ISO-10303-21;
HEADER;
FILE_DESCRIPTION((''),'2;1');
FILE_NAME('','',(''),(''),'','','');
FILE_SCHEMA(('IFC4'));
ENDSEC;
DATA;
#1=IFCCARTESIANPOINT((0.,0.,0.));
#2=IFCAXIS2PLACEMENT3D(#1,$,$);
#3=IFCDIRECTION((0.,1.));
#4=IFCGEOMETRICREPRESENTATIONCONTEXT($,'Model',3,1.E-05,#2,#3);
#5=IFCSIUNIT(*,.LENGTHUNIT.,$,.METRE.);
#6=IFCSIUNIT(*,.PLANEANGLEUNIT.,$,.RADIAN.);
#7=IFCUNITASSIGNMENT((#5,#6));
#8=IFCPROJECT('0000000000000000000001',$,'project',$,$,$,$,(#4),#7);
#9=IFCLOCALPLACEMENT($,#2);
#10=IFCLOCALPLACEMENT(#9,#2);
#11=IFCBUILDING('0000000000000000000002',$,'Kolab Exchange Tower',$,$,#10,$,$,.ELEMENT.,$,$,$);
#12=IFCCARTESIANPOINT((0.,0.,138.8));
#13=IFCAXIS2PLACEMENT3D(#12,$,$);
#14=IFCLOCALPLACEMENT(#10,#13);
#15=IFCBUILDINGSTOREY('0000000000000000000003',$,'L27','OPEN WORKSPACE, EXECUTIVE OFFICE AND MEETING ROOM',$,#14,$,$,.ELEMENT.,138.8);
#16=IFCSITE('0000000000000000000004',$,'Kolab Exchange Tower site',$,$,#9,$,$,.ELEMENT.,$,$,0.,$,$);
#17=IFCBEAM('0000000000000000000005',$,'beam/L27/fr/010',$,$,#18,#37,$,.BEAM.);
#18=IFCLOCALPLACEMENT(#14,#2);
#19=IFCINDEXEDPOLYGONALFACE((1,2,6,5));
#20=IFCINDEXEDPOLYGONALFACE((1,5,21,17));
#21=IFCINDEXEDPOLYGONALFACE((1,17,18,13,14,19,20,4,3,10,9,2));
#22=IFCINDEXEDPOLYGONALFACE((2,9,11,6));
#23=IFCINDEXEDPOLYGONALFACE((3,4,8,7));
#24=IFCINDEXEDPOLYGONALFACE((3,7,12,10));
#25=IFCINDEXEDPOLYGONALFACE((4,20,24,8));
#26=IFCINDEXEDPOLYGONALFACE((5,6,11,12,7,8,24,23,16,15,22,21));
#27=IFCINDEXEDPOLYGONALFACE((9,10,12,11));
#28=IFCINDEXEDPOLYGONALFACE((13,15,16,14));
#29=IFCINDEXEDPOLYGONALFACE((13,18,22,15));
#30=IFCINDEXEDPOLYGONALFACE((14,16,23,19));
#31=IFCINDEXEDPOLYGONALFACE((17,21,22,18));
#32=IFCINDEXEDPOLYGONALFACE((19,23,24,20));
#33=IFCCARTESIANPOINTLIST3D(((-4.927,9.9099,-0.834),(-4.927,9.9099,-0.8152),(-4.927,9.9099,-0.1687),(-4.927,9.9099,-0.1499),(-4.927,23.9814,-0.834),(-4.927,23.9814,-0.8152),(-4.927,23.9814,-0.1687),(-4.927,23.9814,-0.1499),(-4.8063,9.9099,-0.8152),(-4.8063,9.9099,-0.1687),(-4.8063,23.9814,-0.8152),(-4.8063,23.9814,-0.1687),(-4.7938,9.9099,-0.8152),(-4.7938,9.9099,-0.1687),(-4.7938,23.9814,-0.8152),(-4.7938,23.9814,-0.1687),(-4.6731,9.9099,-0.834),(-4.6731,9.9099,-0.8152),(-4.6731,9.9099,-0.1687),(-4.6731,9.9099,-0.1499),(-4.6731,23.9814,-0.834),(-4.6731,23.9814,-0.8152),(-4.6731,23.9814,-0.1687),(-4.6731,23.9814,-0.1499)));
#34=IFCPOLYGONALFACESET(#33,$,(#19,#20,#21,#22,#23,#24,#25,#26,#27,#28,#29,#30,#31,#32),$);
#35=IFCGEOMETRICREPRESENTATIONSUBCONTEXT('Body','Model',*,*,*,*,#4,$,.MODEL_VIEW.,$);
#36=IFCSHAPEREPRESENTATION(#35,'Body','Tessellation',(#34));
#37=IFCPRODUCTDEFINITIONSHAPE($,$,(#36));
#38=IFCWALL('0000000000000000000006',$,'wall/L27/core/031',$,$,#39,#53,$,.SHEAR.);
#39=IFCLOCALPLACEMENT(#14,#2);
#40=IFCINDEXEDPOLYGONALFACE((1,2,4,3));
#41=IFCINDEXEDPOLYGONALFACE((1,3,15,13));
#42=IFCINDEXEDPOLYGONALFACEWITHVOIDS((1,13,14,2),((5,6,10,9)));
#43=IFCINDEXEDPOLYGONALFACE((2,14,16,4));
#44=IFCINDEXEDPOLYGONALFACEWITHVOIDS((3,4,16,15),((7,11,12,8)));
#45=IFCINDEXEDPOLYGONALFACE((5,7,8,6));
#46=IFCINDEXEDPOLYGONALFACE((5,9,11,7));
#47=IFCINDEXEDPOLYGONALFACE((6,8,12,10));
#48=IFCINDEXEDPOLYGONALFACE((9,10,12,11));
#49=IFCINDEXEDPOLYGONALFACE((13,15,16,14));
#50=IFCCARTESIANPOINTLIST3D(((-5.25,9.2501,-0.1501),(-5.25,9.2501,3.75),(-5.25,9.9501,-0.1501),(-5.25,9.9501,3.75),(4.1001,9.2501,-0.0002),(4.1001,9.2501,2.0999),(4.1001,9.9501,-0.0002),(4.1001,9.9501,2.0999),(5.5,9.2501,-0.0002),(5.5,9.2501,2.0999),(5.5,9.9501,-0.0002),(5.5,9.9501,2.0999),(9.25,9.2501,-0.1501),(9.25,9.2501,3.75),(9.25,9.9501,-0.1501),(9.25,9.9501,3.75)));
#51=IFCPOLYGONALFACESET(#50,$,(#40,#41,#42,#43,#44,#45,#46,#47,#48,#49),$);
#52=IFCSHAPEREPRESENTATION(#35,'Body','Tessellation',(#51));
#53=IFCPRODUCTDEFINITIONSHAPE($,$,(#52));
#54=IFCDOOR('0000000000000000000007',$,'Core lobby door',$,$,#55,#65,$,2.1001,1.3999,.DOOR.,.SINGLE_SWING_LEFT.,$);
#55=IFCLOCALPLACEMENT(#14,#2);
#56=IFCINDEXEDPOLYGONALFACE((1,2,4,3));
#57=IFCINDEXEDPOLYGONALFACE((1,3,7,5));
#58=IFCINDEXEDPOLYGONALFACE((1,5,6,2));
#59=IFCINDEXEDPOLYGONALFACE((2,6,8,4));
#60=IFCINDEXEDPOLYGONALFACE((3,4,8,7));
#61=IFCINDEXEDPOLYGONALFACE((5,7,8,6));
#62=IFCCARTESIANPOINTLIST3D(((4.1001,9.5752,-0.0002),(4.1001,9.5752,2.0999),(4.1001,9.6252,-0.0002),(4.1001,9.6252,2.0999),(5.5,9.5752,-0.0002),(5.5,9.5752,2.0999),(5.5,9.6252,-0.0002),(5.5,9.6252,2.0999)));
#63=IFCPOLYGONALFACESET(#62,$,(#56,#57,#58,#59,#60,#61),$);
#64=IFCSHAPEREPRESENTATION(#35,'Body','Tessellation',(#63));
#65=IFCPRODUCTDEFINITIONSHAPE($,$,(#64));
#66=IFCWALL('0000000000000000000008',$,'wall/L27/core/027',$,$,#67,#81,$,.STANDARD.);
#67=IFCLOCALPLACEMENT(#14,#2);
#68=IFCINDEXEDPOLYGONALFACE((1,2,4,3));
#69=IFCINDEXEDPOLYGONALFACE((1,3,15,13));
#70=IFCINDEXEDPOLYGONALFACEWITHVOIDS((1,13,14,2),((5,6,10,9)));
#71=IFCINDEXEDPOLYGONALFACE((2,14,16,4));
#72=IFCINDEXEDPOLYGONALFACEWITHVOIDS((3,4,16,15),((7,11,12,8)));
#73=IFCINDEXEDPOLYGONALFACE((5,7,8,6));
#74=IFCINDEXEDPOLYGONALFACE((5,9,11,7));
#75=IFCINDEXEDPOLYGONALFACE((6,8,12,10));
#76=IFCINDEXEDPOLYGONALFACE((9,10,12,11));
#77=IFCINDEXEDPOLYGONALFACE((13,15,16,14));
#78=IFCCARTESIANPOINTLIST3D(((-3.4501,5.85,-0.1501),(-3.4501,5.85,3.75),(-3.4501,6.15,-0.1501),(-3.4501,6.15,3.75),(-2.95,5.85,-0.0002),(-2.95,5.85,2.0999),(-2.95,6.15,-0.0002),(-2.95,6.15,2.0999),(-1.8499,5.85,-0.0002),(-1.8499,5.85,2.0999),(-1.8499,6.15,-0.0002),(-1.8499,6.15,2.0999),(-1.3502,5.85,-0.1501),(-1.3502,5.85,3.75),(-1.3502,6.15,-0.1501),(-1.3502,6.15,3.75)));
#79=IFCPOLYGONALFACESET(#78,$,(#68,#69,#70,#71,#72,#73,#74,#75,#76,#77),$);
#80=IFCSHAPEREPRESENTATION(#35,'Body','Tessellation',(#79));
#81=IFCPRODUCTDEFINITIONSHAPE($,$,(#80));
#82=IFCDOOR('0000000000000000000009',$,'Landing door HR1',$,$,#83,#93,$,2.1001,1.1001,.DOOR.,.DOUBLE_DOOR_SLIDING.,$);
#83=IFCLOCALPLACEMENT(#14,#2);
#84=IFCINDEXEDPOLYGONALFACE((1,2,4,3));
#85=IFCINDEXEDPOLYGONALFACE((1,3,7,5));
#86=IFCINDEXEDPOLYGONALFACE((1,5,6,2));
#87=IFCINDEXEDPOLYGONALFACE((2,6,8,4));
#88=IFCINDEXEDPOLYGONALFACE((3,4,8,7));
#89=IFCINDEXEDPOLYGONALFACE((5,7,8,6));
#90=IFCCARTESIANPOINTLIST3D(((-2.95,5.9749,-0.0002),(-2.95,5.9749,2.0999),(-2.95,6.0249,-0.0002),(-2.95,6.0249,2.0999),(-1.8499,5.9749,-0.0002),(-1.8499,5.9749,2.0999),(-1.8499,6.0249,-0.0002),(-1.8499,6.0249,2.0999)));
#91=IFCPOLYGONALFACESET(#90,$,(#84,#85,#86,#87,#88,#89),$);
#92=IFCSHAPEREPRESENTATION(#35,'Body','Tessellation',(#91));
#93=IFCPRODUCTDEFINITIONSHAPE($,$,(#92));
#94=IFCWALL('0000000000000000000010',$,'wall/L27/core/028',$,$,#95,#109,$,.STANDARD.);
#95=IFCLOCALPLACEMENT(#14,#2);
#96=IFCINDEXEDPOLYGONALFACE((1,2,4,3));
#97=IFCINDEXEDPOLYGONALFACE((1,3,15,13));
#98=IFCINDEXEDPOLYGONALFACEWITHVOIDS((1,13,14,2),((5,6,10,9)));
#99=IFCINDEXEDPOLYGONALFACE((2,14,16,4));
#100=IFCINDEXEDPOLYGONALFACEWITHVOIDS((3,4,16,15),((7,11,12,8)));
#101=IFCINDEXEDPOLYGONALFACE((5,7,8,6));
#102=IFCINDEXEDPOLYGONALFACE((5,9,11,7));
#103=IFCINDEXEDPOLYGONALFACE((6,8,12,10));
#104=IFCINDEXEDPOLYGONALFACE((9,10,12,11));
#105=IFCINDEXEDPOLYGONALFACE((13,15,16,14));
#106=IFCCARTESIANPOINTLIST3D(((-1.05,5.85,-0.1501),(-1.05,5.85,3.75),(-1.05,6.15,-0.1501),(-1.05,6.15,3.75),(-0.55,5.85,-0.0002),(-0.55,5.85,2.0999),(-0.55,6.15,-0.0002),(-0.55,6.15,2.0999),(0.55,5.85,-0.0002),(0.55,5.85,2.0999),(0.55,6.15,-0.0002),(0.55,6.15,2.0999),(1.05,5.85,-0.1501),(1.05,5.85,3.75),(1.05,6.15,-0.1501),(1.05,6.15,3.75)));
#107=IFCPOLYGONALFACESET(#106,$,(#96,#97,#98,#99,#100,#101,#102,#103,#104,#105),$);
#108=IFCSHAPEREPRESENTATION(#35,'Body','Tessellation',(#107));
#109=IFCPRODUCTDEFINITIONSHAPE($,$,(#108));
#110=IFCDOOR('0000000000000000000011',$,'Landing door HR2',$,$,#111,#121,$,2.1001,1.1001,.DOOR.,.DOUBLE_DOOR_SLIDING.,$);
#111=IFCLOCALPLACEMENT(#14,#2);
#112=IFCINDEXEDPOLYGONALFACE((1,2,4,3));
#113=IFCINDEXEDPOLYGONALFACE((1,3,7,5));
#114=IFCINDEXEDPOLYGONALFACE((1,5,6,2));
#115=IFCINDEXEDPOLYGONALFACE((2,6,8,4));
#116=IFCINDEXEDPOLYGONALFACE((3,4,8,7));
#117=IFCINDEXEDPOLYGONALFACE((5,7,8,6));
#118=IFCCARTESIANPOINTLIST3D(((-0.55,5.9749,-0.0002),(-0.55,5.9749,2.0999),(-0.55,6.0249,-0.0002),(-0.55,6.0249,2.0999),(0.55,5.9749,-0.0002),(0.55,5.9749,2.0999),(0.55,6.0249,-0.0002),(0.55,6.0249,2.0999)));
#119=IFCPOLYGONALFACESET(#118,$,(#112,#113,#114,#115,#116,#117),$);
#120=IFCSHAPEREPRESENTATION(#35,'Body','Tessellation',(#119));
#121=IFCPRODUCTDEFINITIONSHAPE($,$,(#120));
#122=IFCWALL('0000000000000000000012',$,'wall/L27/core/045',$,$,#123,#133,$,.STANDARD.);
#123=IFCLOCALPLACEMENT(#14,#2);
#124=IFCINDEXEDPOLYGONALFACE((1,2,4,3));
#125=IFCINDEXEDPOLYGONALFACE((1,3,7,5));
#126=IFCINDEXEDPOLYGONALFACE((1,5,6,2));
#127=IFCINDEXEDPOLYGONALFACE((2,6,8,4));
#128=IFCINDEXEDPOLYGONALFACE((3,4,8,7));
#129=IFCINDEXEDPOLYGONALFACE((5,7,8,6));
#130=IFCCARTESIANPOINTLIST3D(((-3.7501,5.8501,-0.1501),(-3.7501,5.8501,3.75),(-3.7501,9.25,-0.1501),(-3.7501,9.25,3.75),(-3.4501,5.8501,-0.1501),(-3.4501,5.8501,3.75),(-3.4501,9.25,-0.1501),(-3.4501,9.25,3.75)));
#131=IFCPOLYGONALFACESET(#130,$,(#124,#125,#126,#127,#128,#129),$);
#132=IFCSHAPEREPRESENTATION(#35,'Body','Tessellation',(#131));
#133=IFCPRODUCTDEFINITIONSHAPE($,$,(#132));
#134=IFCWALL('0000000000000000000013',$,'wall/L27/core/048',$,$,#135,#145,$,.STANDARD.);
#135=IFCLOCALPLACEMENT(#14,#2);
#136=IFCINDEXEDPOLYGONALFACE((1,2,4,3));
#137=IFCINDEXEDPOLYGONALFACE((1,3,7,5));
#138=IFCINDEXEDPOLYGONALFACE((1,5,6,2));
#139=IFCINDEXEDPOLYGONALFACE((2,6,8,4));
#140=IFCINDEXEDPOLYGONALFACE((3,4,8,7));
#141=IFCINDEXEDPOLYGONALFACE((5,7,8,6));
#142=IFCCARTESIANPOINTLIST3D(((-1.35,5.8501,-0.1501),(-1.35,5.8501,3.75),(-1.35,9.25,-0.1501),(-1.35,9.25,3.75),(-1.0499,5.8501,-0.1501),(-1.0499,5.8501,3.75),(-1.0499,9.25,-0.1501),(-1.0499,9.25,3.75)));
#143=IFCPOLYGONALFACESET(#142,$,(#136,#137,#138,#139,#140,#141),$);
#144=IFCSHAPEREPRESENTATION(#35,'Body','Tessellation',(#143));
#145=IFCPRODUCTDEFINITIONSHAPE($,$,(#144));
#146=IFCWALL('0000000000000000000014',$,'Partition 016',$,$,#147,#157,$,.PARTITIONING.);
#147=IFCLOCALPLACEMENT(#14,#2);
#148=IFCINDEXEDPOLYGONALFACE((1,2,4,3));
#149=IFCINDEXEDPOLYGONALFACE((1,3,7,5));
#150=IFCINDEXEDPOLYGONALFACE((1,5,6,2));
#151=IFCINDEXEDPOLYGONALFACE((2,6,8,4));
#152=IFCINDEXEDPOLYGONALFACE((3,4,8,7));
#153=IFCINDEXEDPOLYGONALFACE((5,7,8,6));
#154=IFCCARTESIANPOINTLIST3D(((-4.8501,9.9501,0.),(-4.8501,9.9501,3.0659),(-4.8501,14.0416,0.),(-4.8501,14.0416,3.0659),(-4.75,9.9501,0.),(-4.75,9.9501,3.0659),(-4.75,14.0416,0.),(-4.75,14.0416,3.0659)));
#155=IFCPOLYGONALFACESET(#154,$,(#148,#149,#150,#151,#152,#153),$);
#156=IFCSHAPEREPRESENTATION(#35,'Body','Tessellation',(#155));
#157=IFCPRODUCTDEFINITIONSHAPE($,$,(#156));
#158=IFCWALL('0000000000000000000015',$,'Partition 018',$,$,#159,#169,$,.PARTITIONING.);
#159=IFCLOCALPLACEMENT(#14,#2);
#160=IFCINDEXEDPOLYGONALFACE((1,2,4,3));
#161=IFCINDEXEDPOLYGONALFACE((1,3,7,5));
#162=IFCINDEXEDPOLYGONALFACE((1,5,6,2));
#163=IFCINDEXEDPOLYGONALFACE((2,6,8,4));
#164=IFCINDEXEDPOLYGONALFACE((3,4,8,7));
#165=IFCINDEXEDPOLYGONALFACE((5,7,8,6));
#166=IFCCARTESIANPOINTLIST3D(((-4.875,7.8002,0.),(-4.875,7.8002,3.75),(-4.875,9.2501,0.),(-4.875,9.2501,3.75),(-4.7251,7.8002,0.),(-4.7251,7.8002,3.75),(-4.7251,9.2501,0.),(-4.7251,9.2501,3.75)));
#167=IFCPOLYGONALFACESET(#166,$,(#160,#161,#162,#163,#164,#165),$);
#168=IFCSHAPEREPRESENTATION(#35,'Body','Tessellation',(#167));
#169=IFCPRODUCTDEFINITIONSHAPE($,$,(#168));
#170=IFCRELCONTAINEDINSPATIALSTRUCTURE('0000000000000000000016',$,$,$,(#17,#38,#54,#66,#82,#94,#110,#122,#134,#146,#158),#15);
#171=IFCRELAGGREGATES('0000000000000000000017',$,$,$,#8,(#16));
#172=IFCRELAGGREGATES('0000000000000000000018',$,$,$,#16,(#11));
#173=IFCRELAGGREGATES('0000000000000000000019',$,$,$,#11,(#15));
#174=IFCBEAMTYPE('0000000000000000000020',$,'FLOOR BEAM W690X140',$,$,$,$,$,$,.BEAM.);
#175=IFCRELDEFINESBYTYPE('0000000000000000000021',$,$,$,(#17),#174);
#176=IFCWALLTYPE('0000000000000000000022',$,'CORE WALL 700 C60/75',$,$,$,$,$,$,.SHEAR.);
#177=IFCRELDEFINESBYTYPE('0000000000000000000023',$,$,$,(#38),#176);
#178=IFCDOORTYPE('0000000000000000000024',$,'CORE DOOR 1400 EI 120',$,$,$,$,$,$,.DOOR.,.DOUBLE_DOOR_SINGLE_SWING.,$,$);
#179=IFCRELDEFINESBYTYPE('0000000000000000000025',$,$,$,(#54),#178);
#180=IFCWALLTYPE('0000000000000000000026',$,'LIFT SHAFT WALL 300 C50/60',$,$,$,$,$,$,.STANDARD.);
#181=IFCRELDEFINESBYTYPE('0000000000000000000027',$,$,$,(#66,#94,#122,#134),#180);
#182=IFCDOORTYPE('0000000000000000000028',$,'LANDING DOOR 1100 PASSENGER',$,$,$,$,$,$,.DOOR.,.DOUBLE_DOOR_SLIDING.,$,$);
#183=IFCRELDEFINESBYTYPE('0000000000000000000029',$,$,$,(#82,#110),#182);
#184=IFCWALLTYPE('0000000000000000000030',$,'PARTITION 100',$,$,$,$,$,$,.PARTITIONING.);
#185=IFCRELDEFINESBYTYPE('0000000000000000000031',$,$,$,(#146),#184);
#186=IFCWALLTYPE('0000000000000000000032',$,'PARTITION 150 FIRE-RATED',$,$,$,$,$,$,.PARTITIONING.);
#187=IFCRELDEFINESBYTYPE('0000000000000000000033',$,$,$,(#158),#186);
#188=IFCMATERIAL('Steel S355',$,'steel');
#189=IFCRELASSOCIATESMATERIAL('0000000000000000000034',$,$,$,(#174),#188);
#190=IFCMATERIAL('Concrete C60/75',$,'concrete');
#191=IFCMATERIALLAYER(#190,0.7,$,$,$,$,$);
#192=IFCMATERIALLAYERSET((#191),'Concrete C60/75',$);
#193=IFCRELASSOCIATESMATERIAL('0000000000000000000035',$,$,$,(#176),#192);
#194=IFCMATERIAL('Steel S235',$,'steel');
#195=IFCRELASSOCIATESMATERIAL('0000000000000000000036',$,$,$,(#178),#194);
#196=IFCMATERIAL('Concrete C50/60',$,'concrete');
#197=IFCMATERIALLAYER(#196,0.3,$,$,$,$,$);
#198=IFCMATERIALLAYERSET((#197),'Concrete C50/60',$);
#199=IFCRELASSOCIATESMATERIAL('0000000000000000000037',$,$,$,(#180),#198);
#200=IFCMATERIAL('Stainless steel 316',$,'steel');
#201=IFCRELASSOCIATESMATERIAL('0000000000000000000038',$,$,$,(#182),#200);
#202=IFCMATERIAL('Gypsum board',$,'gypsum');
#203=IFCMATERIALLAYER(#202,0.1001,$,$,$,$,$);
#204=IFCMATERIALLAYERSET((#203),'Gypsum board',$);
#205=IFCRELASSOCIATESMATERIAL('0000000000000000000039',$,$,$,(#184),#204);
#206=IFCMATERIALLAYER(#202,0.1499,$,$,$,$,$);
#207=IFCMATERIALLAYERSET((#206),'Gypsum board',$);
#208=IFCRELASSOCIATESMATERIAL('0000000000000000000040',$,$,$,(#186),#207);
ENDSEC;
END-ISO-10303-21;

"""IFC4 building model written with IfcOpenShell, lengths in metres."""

from ifc_helpers import new_model, si_unit, direction, frame, frame_2d, origin, origin_2d, place, context, subcontext, project, spatial, rectangle, i_section, extrude, material, layer, layer_set, material_profile, profile_set, type_object, element, fill, save


model = new_model("IFC4")

# Units and contexts
model_context = context("Model", 3, precision=1e-05, world=origin(), true_north=direction((0.0, 1.0)))
body_context = subcontext(model_context, "Body", "Model", "MODEL_VIEW")
ifc_project = project(units=[si_unit("LENGTHUNIT", "METRE"), si_unit("PLANEANGLEUNIT", "RADIAN")], contexts=[model_context])

# Site, building, storey
site_placement = place(None, origin())
site = spatial("IfcSite", under=ifc_project, at=site_placement, Name="Kolab Exchange Tower site", CompositionType="ELEMENT", RefElevation=0.0)
building_placement = place(site_placement, origin())
building = spatial("IfcBuilding", under=site, at=building_placement, Name="Kolab Exchange Tower", CompositionType="ELEMENT")
storey_placement = place(building_placement, frame((0.0, 0.0, 138.8)))
storey = spatial("IfcBuildingStorey", under=building, at=storey_placement, Name="L27", Description="OPEN WORKSPACE, EXECUTIVE OFFICE AND MEETING ROOM", CompositionType="ELEMENT", Elevation=138.8)

# Beam
ifc_material_1 = material(Name="Steel S355", Category="steel")
ifc_material_profile = material_profile(ifc_material_1, i_section(OverallWidth=0.2539, OverallDepth=0.6841, WebThickness=0.0125, FlangeThickness=0.0188, at=origin_2d()), Name="W690X140")
ifc_profile_set = profile_set([ifc_material_profile], Name="Steel S355")
beam_type = type_object("IfcBeamType", Name="FLOOR BEAM W690X140", PredefinedType="BEAM", material=ifc_profile_set)
beam_placement = place(storey_placement, frame((-4.8, 9.9099, -0.4919), z_axis=(0.0, 1.0, 0.0), x_axis=(-1.0, 0.0, 0.0)))
element("IfcBeam", 1, at=beam_placement, inside=storey, type_object=beam_type, Name="beam/L27/fr/010", PredefinedType="BEAM", context=body_context, shape_type="SweptSolid", body=[
    extrude(i_section(OverallWidth=0.2539, OverallDepth=0.6841, WebThickness=0.0125, FlangeThickness=0.0188, at=origin_2d()), origin(), (0.0, 0.0, 1.0), 14.0715),
])

# Walls, openings, doors
ifc_material_2 = material(Name="Concrete C60/75", Category="concrete")
ifc_layer_1 = layer(ifc_material_2, 0.7)
ifc_layer_set_1 = layer_set([ifc_layer_1], Name="Concrete C60/75")
wall_type_1 = type_object("IfcWallType", Name="CORE WALL 700 C60/75", PredefinedType="SHEAR", material=ifc_layer_set_1)
wall_1_placement = place(storey_placement, frame((-5.25, 9.6001, -0.1501), z_axis=(0.0, 0.0, 1.0), x_axis=(1.0, 0.0, 0.0)))
wall_1 = element("IfcWall", 2, at=wall_1_placement, inside=storey, type_object=wall_type_1, Name="wall/L27/core/031", PredefinedType="SHEAR", context=body_context, shape_type="SweptSolid", body=[
    extrude(rectangle(XDim=14.5, YDim=0.7, at=frame_2d((7.25, 0.0))), origin(), (0.0, 0.0, 1.0), 3.9001),
])
opening_1_placement = place(wall_1_placement, frame((9.3501, 0.0, 0.1499)))
opening_1 = element("IfcOpeningElement", 3, at=opening_1_placement, cuts=wall_1, PredefinedType="OPENING", context=body_context, shape_type="SweptSolid", body=[
    extrude(rectangle(XDim=1.3999, YDim=2.1001, at=frame_2d((0.7, 1.05))), frame((0.0, 0.3599, 0.0), z_axis=(0.0, -1.0, 0.0), x_axis=(1.0, 0.0, 0.0)), (0.0, 0.0, 1.0), 0.72),
])
ifc_material_3 = material(Name="Steel S235", Category="steel")
door_type_1 = type_object("IfcDoorType", Name="CORE DOOR 1400 EI 120", OperationType="DOUBLE_DOOR_SINGLE_SWING", PredefinedType="DOOR", material=ifc_material_3)
door_1_placement = place(opening_1_placement, frame((1.3999, 0.0, 0.0), z_axis=(0.0, 0.0, 1.0), x_axis=(-1.0, 0.0, 0.0)))
door_1 = element("IfcDoor", 4, at=door_1_placement, inside=storey, type_object=door_type_1, Name="Core lobby door", OperationType="SINGLE_SWING_LEFT", OverallHeight=2.1001, OverallWidth=1.3999, PredefinedType="DOOR", context=body_context, shape_type="SweptSolid", body=[
    extrude(rectangle(XDim=1.3999, YDim=2.1001, at=frame_2d((0.7, 1.05))), frame((0.0, 0.0249, 0.0), z_axis=(0.0, -1.0, 0.0), x_axis=(1.0, 0.0, 0.0)), (0.0, 0.0, 1.0), 0.05),
])
fill(opening_1, door_1)
ifc_material_4 = material(Name="Concrete C50/60", Category="concrete")
ifc_layer_2 = layer(ifc_material_4, 0.3)
ifc_layer_set_2 = layer_set([ifc_layer_2], Name="Concrete C50/60")
wall_type_2 = type_object("IfcWallType", Name="LIFT SHAFT WALL 300 C50/60", PredefinedType="STANDARD", material=ifc_layer_set_2)
wall_2_placement = place(storey_placement, frame((-3.45, 6.0, -0.1501), z_axis=(0.0, 0.0, 1.0), x_axis=(1.0, 0.0, 0.0)))
wall_2 = element("IfcWall", 5, at=wall_2_placement, inside=storey, type_object=wall_type_2, Name="wall/L27/core/027", PredefinedType="STANDARD", context=body_context, shape_type="SweptSolid", body=[
    extrude(rectangle(XDim=2.0999, YDim=0.3, at=frame_2d((1.0498, 0.0))), origin(), (0.0, 0.0, 1.0), 3.9001),
])
opening_2_placement = place(wall_2_placement, frame((0.5, 0.0, 0.1499)))
opening_2 = element("IfcOpeningElement", 6, at=opening_2_placement, cuts=wall_2, PredefinedType="OPENING", context=body_context, shape_type="SweptSolid", body=[
    extrude(rectangle(XDim=1.1001, YDim=2.1001, at=frame_2d((0.55, 1.05))), frame((0.0, 0.1602, 0.0), z_axis=(0.0, -1.0, 0.0), x_axis=(1.0, 0.0, 0.0)), (0.0, 0.0, 1.0), 0.3201),
])
ifc_material_5 = material(Name="Stainless steel 316", Category="steel")
door_type_2 = type_object("IfcDoorType", Name="LANDING DOOR 1100 PASSENGER", OperationType="DOUBLE_DOOR_SLIDING", PredefinedType="DOOR", material=ifc_material_5)
door_2_placement = place(opening_2_placement, origin())
door_2 = element("IfcDoor", 7, at=door_2_placement, inside=storey, type_object=door_type_2, Name="Landing door HR1", OperationType="DOUBLE_DOOR_SLIDING", OverallHeight=2.1001, OverallWidth=1.1001, PredefinedType="DOOR", context=body_context, shape_type="SweptSolid", body=[
    extrude(rectangle(XDim=1.1001, YDim=2.1001, at=frame_2d((0.55, 1.05))), frame((0.0, 0.0249, 0.0), z_axis=(0.0, -1.0, 0.0), x_axis=(1.0, 0.0, 0.0)), (0.0, 0.0, 1.0), 0.05),
])
fill(opening_2, door_2)
wall_3_placement = place(storey_placement, frame((-1.05, 6.0, -0.1501), z_axis=(0.0, 0.0, 1.0), x_axis=(1.0, 0.0, 0.0)))
wall_3 = element("IfcWall", 8, at=wall_3_placement, inside=storey, type_object=wall_type_2, Name="wall/L27/core/028", PredefinedType="STANDARD", context=body_context, shape_type="SweptSolid", body=[
    extrude(rectangle(XDim=2.1001, YDim=0.3, at=frame_2d((1.05, 0.0))), origin(), (0.0, 0.0, 1.0), 3.9001),
])
opening_3_placement = place(wall_3_placement, frame((0.5, 0.0, 0.1499)))
opening_3 = element("IfcOpeningElement", 9, at=opening_3_placement, cuts=wall_3, PredefinedType="OPENING", context=body_context, shape_type="SweptSolid", body=[
    extrude(rectangle(XDim=1.1001, YDim=2.1001, at=frame_2d((0.55, 1.05))), frame((0.0, 0.1602, 0.0), z_axis=(0.0, -1.0, 0.0), x_axis=(1.0, 0.0, 0.0)), (0.0, 0.0, 1.0), 0.3201),
])
door_3_placement = place(opening_3_placement, origin())
door_3 = element("IfcDoor", 10, at=door_3_placement, inside=storey, type_object=door_type_2, Name="Landing door HR2", OperationType="DOUBLE_DOOR_SLIDING", OverallHeight=2.1001, OverallWidth=1.1001, PredefinedType="DOOR", context=body_context, shape_type="SweptSolid", body=[
    extrude(rectangle(XDim=1.1001, YDim=2.1001, at=frame_2d((0.55, 1.05))), frame((0.0, 0.0249, 0.0), z_axis=(0.0, -1.0, 0.0), x_axis=(1.0, 0.0, 0.0)), (0.0, 0.0, 1.0), 0.05),
])
fill(opening_3, door_3)

# Walls
for number, where, z_axis, x_axis, name in (
    (11, (-3.6001, 5.8501, -0.1501), (0.0, 0.0, 1.0), (0.0, 1.0, 0.0), "wall/L27/core/045"),
    (12, (-1.2, 5.8501, -0.1501), (0.0, 0.0, 1.0), (0.0, 1.0, 0.0), "wall/L27/core/048"),
):
    element("IfcWall", number, at=place(storey_placement, frame(where, z_axis=z_axis, x_axis=x_axis)), inside=storey, type_object=wall_type_2, Name=name, PredefinedType="STANDARD", context=body_context, shape_type="SweptSolid", body=[
        extrude(rectangle(XDim=3.3999, YDim=0.3, at=frame_2d((1.7, 0.0))), origin(), (0.0, 0.0, 1.0), 3.9001),
    ])
ifc_material_6 = material(Name="Gypsum board", Category="gypsum")
ifc_layer_3 = layer(ifc_material_6, 0.1001)
ifc_layer_set_3 = layer_set([ifc_layer_3], Name="Gypsum board")
wall_type_3 = type_object("IfcWallType", Name="PARTITION 100", PredefinedType="PARTITIONING", material=ifc_layer_set_3)
wall_4_placement = place(storey_placement, frame((-4.8, 9.95, 0.0), z_axis=(0.0, 0.0, 1.0), x_axis=(0.0, 1.0, 0.0)))
element("IfcWall", 13, at=wall_4_placement, inside=storey, type_object=wall_type_3, Name="Partition 016", PredefinedType="PARTITIONING", context=body_context, shape_type="SweptSolid", body=[
    extrude(rectangle(XDim=4.0916, YDim=0.1001, at=frame_2d((2.0459, 0.0))), origin(), (0.0, 0.0, 1.0), 3.0659),
])
ifc_layer_4 = layer(ifc_material_6, 0.1499)
ifc_layer_set_4 = layer_set([ifc_layer_4], Name="Gypsum board")
wall_type_4 = type_object("IfcWallType", Name="PARTITION 150 FIRE-RATED", PredefinedType="PARTITIONING", material=ifc_layer_set_4)
wall_5_placement = place(storey_placement, frame((-4.8, 7.8, 0.0), z_axis=(0.0, 0.0, 1.0), x_axis=(0.0, 1.0, 0.0)))
element("IfcWall", 14, at=wall_5_placement, inside=storey, type_object=wall_type_4, Name="Partition 018", PredefinedType="PARTITIONING", context=body_context, shape_type="SweptSolid", body=[
    extrude(rectangle(XDim=1.45, YDim=0.1499, at=frame_2d((0.7251, 0.0))), origin(), (0.0, 0.0, 1.0), 3.75),
])

save(model, "model.ifc")
